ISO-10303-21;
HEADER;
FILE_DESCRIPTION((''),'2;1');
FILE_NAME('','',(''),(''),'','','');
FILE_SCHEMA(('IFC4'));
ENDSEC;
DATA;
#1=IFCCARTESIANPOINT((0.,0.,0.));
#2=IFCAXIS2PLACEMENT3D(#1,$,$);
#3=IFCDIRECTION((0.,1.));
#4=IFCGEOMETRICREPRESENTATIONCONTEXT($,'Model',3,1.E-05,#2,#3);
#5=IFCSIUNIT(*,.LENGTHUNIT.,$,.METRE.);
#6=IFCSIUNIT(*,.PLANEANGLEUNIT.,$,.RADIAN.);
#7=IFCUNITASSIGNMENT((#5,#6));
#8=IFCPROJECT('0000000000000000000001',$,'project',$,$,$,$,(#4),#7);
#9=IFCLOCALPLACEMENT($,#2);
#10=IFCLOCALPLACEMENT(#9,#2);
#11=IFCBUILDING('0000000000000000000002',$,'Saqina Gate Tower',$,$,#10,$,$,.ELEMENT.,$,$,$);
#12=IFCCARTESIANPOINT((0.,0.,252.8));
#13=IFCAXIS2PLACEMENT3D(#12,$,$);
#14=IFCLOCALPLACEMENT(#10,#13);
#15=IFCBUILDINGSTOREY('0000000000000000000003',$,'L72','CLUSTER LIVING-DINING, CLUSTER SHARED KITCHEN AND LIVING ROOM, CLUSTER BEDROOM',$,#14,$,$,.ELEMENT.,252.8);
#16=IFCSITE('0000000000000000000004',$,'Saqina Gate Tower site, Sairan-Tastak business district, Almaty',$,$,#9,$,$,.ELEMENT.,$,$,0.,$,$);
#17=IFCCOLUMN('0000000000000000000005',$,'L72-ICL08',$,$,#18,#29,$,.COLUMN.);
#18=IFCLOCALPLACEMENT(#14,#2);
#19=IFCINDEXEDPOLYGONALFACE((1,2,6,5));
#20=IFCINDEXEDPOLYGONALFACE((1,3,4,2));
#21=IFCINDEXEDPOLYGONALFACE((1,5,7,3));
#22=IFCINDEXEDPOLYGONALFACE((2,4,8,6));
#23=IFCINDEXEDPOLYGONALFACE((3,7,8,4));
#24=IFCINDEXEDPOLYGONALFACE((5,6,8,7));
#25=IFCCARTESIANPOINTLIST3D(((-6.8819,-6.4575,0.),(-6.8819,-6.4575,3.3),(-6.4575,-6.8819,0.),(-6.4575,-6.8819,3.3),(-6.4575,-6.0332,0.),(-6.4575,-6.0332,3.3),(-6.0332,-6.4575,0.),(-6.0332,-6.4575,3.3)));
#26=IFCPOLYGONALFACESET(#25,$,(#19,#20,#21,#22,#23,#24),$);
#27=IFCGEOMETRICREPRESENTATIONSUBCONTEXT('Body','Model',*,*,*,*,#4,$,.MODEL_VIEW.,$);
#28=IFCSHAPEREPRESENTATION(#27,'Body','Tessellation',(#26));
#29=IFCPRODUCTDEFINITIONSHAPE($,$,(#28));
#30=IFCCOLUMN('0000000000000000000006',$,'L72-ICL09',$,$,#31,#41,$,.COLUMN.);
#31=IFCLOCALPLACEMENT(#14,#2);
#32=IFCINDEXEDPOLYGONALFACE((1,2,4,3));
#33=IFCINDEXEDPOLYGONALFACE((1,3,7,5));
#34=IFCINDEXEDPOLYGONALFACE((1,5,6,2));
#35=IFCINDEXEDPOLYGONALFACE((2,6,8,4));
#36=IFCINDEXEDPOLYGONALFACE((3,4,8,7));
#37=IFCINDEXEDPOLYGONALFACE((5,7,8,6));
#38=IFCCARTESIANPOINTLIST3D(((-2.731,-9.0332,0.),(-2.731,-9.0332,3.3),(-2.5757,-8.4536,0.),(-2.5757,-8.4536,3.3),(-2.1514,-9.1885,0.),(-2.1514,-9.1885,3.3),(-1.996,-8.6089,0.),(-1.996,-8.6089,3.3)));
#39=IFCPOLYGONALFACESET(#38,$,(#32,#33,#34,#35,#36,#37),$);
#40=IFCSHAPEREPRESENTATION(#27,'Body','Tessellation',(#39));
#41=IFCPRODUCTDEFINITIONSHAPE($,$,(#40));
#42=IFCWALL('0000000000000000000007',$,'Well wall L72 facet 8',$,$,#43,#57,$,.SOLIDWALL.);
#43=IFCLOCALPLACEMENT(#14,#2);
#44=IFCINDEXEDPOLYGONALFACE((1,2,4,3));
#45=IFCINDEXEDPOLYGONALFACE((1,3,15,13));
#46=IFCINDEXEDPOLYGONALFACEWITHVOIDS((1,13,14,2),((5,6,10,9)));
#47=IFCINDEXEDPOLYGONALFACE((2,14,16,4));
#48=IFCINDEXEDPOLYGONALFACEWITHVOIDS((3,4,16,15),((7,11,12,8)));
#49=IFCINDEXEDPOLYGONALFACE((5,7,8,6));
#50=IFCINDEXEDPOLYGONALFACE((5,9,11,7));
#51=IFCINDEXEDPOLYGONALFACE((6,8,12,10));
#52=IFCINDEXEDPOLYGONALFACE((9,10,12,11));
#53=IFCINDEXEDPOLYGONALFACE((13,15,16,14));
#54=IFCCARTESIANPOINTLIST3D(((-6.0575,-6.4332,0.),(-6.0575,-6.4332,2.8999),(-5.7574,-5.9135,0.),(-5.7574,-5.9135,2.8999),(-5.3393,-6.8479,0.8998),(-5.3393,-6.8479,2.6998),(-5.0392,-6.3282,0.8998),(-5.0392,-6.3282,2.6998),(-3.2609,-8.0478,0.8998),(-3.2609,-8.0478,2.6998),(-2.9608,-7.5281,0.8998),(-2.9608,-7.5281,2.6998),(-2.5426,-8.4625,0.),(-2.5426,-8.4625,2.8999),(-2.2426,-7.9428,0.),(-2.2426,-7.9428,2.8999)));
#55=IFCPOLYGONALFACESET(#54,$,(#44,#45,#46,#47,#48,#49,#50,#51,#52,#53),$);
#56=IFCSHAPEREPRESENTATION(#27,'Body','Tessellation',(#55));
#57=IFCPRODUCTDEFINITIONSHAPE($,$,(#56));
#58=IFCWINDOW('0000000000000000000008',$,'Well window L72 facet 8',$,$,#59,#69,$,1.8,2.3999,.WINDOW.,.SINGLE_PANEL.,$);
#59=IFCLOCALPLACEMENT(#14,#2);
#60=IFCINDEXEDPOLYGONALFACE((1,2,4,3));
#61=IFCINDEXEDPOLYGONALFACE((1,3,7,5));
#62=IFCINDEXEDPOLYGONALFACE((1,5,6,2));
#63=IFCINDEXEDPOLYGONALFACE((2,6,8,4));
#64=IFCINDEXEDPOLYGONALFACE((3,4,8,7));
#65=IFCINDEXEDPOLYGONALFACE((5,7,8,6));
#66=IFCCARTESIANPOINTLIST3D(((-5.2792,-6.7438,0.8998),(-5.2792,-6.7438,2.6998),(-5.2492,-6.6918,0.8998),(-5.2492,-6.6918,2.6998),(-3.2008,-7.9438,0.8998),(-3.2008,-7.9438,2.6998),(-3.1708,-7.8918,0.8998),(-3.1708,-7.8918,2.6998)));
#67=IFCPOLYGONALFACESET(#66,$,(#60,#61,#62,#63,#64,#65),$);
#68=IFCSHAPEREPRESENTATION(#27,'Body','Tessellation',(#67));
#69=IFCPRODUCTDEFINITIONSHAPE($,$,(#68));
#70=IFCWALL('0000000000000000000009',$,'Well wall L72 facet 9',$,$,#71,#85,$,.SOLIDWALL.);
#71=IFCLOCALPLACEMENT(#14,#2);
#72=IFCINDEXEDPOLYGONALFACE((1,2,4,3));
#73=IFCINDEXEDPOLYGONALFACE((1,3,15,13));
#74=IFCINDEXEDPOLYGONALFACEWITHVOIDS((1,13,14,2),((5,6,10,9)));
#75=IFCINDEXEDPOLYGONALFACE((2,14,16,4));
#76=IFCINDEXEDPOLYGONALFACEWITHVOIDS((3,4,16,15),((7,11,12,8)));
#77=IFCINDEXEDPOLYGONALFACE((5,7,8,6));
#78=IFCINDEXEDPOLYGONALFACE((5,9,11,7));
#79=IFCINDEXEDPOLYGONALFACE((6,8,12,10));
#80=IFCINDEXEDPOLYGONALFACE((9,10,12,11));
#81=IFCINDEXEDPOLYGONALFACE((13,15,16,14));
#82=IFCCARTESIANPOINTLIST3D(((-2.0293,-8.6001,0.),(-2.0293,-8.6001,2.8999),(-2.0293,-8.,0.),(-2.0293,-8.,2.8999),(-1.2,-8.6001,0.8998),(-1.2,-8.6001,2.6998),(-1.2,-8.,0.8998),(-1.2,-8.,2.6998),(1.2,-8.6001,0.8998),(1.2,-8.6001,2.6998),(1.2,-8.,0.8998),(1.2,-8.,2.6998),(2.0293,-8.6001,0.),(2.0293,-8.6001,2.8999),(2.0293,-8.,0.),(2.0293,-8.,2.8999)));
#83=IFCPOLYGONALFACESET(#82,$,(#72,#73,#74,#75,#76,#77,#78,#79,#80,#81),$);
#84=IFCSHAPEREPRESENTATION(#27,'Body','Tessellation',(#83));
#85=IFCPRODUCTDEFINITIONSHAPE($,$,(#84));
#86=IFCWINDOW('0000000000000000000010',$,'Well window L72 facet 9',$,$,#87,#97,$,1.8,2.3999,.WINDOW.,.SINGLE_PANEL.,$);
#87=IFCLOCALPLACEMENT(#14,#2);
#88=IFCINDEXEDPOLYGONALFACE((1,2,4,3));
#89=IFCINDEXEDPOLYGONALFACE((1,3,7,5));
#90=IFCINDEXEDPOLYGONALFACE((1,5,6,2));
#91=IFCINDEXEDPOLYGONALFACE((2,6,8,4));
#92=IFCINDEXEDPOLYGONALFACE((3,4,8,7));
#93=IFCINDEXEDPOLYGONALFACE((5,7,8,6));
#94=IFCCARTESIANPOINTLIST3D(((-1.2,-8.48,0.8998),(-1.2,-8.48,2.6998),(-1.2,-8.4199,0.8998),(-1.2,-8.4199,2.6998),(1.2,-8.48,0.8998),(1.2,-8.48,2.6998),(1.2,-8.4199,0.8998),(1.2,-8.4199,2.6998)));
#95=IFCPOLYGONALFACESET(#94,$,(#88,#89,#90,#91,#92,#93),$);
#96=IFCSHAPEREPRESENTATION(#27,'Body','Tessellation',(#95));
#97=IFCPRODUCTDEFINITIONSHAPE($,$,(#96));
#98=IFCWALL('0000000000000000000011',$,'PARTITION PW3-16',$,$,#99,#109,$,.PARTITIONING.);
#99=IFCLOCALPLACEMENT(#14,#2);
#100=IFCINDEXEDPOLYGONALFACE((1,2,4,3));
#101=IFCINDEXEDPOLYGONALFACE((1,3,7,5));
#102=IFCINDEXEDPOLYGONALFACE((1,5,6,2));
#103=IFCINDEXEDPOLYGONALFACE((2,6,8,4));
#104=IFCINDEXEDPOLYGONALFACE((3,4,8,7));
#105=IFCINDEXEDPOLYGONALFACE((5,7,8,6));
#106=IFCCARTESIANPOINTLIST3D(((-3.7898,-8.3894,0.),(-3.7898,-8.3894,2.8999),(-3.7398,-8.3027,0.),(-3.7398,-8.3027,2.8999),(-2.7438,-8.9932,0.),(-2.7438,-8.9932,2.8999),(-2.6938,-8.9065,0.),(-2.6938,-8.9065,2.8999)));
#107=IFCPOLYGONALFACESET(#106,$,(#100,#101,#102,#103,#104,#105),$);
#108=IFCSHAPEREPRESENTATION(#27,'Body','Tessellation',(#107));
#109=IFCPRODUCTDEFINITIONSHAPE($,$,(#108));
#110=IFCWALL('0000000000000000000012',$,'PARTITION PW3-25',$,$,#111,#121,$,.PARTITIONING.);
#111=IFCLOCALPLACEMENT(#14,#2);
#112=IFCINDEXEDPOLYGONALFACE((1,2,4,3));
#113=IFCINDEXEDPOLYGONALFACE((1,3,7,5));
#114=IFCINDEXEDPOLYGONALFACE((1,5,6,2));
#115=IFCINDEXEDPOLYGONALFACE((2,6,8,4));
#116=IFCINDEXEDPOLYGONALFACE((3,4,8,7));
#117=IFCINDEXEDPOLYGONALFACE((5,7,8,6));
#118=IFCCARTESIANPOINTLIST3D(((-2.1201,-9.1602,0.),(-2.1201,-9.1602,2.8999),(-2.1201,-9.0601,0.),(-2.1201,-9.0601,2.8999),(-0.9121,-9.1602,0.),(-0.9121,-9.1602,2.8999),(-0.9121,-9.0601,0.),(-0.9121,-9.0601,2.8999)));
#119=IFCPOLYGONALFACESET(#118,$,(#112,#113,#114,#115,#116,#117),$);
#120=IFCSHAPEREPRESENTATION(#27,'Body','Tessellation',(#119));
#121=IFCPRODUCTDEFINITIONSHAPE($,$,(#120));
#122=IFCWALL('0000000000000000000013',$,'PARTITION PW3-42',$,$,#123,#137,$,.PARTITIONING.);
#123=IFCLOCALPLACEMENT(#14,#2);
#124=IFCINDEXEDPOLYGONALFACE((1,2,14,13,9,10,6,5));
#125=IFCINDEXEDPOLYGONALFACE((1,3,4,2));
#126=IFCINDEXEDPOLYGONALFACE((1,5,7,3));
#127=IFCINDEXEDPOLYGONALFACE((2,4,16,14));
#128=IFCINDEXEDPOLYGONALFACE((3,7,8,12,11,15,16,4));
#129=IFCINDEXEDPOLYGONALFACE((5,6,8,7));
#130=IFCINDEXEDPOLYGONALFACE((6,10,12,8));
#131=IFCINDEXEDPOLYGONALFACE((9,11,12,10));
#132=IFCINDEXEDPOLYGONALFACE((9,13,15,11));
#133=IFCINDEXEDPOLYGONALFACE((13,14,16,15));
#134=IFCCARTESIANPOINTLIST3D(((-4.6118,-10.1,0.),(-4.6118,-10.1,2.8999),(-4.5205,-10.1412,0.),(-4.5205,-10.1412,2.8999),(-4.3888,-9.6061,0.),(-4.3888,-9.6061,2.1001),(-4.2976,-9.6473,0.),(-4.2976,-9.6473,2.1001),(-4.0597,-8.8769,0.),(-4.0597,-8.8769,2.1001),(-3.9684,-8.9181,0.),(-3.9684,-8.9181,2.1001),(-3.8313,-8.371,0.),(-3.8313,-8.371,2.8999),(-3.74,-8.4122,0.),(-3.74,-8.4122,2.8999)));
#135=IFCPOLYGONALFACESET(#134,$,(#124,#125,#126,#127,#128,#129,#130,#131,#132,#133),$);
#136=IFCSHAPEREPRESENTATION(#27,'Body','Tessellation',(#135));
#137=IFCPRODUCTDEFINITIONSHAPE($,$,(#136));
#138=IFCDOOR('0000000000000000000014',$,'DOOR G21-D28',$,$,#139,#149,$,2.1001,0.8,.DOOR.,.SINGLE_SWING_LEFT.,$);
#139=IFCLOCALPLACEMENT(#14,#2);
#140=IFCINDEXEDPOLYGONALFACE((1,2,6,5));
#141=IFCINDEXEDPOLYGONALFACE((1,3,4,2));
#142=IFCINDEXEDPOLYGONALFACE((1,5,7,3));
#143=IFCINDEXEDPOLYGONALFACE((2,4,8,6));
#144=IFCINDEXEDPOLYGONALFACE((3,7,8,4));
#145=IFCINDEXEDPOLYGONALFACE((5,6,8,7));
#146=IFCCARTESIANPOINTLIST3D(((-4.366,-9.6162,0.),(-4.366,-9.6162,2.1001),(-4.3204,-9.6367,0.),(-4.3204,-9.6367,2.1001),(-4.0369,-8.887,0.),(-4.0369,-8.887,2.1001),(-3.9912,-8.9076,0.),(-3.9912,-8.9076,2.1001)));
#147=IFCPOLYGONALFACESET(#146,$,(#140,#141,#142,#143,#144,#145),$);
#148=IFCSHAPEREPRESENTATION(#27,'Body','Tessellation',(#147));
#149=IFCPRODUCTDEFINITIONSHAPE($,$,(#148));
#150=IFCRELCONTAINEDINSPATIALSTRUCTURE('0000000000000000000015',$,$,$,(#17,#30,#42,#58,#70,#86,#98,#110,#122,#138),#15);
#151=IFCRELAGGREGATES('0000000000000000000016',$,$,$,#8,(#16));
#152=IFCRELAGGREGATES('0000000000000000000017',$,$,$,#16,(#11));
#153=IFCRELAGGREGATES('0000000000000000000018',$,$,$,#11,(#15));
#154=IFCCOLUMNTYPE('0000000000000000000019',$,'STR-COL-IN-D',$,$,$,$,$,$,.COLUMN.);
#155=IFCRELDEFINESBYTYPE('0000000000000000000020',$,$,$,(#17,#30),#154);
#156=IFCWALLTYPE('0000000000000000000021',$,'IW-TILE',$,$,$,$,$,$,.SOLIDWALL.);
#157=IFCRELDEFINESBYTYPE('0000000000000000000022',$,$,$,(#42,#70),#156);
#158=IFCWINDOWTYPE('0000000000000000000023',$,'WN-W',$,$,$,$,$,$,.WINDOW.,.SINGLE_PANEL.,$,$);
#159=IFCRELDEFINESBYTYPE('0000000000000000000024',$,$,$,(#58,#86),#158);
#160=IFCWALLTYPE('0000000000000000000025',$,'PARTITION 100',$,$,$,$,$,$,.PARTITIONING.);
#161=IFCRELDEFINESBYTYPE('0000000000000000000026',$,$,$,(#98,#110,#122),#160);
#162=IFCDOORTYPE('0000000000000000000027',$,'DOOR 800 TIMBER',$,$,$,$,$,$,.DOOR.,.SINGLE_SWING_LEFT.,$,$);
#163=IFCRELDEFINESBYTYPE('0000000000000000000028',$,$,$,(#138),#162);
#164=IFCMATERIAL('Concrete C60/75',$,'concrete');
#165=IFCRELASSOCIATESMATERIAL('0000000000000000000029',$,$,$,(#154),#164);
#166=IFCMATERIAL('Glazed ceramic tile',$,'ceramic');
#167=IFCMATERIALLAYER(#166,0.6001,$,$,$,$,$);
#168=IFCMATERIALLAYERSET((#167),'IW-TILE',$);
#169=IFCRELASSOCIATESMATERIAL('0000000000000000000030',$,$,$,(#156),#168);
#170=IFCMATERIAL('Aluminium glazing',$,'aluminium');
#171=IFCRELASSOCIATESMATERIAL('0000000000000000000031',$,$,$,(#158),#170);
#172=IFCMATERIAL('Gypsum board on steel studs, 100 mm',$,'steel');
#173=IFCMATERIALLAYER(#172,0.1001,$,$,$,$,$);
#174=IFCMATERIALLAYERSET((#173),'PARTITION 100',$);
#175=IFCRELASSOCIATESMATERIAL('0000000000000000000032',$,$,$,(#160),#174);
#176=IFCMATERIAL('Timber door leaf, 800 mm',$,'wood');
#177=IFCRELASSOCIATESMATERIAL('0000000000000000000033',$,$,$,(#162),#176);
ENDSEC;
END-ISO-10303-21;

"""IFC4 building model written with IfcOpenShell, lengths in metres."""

from ifc_helpers import new_model, si_unit, direction, frame, frame_2d, origin, origin_2d, place, context, subcontext, project, spatial, rectangle, extrude, material, layer, layer_set, material_profile, profile_set, type_object, element, fill, save


model = new_model("IFC4")

# Units and contexts
model_context = context("Model", 3, precision=1e-05, world=origin(), true_north=direction((0.0, 1.0)))
body_context = subcontext(model_context, "Body", "Model", "MODEL_VIEW")
ifc_project = project(units=[si_unit("LENGTHUNIT", "METRE"), si_unit("PLANEANGLEUNIT", "RADIAN")], contexts=[model_context])

# Site, building, storey
site_placement = place(None, origin())
site = spatial("IfcSite", under=ifc_project, at=site_placement, Name="Saqina Gate Tower site, Sairan-Tastak business district, Almaty", CompositionType="ELEMENT", RefElevation=0.0)
building_placement = place(site_placement, origin())
building = spatial("IfcBuilding", under=site, at=building_placement, Name="Saqina Gate Tower", CompositionType="ELEMENT")
storey_placement = place(building_placement, frame((0.0, 0.0, 252.8)))
storey = spatial("IfcBuildingStorey", under=building, at=storey_placement, Name="L72", Description="CLUSTER LIVING-DINING, CLUSTER SHARED KITCHEN AND LIVING ROOM, CLUSTER BEDROOM", CompositionType="ELEMENT", Elevation=252.8)

# Columns
ifc_material_1 = material(Name="Concrete C60/75", Category="concrete")
ifc_material_profile = material_profile(ifc_material_1, rectangle(XDim=0.6001, YDim=0.6001, at=origin_2d()), Name="RC 600x600")
ifc_profile_set = profile_set([ifc_material_profile], Name="Concrete C60/75")
column_type = type_object("IfcColumnType", Name="STR-COL-IN-D", PredefinedType="COLUMN", material=ifc_profile_set)
for number, where, z_axis, x_axis, name in (
    (1, (-6.4575, -6.4575, 0.0), (0.0, 0.0, 1.0), (-0.707107, -0.707107, 0.0), "L72-ICL08"),
    (2, (-2.3635, -8.821, 0.0), (0.0, 0.0, 1.0), (-0.258819, -0.965926, 0.0), "L72-ICL09"),
):
    element("IfcColumn", number, at=place(storey_placement, frame(where, z_axis=z_axis, x_axis=x_axis)), inside=storey, type_object=column_type, Name=name, PredefinedType="COLUMN", context=body_context, shape_type="SweptSolid", body=[
        extrude(rectangle(XDim=0.6001, YDim=0.6001, at=origin_2d()), origin(), (0.0, 0.0, 1.0), 3.3),
    ])

# Walls, openings, windows
ifc_material_2 = material(Name="Glazed ceramic tile", Category="ceramic")
ifc_layer_1 = layer(ifc_material_2, 0.6001)
ifc_layer_set_1 = layer_set([ifc_layer_1], Name="IW-TILE")
wall_type_1 = type_object("IfcWallType", Name="IW-TILE", PredefinedType="SOLIDWALL", material=ifc_layer_set_1)
wall_1_placement = place(storey_placement, frame((-5.9075, -6.1733, 0.0), z_axis=(0.0, 0.0, 1.0), x_axis=(0.866028, -0.499995, 0.0)))
wall_1 = element("IfcWall", 3, at=wall_1_placement, inside=storey, type_object=wall_type_1, Name="Well wall L72 facet 8", PredefinedType="SOLIDWALL", context=body_context, shape_type="SweptSolid", body=[
    extrude(rectangle(XDim=4.0586, YDim=0.6001, at=frame_2d((2.0293, 0.0))), origin(), (0.0, 0.0, 1.0), 2.8999),
])
opening_1_placement = place(wall_1_placement, frame((0.8293, 0.0, 0.8999)))
opening_1 = element("IfcOpeningElement", 4, at=opening_1_placement, cuts=wall_1, PredefinedType="OPENING", context=body_context, shape_type="SweptSolid", body=[
    extrude(rectangle(XDim=2.3999, YDim=1.8, at=frame_2d((1.2, 0.8999))), frame((0.0, 0.312, 0.0), z_axis=(0.0, -1.0, 0.0), x_axis=(1.0, 0.0, 0.0)), (0.0, 0.0, 1.0), 0.624),
])
ifc_material_3 = material(Name="Aluminium glazing", Category="aluminium")
window_type = type_object("IfcWindowType", Name="WN-W", PartitioningType="SINGLE_PANEL", PredefinedType="WINDOW", material=ifc_material_3)
window_1_placement = place(opening_1_placement, origin())
window_1 = element("IfcWindow", 5, at=window_1_placement, inside=storey, type_object=window_type, Name="Well window L72 facet 8", OverallHeight=1.8, OverallWidth=2.3999, PartitioningType="SINGLE_PANEL", PredefinedType="WINDOW", context=body_context, shape_type="SweptSolid", body=[
    extrude(rectangle(XDim=2.3999, YDim=1.8, at=frame_2d((1.2, 0.8999))), frame((0.0, -0.1199, 0.0), z_axis=(0.0, -1.0, 0.0), x_axis=(1.0, 0.0, 0.0)), (0.0, 0.0, 1.0), 0.0601),
])
fill(opening_1, window_1)
wall_2_placement = place(storey_placement, frame((-2.0293, -8.3, 0.0), z_axis=(0.0, 0.0, 1.0), x_axis=(1.0, 0.0, 0.0)))
wall_2 = element("IfcWall", 6, at=wall_2_placement, inside=storey, type_object=wall_type_1, Name="Well wall L72 facet 9", PredefinedType="SOLIDWALL", context=body_context, shape_type="SweptSolid", body=[
    extrude(rectangle(XDim=4.0586, YDim=0.6001, at=frame_2d((2.0293, 0.0))), origin(), (0.0, 0.0, 1.0), 2.8999),
])
opening_2_placement = place(wall_2_placement, frame((0.8293, 0.0, 0.8999)))
opening_2 = element("IfcOpeningElement", 7, at=opening_2_placement, cuts=wall_2, PredefinedType="OPENING", context=body_context, shape_type="SweptSolid", body=[
    extrude(rectangle(XDim=2.3999, YDim=1.8, at=frame_2d((1.2, 0.8999))), frame((0.0, 0.312, 0.0), z_axis=(0.0, -1.0, 0.0), x_axis=(1.0, 0.0, 0.0)), (0.0, 0.0, 1.0), 0.624),
])
window_2_placement = place(opening_2_placement, origin())
window_2 = element("IfcWindow", 8, at=window_2_placement, inside=storey, type_object=window_type, Name="Well window L72 facet 9", OverallHeight=1.8, OverallWidth=2.3999, PartitioningType="SINGLE_PANEL", PredefinedType="WINDOW", context=body_context, shape_type="SweptSolid", body=[
    extrude(rectangle(XDim=2.3999, YDim=1.8, at=frame_2d((1.2, 0.8999))), frame((0.0, -0.1199, 0.0), z_axis=(0.0, -1.0, 0.0), x_axis=(1.0, 0.0, 0.0)), (0.0, 0.0, 1.0), 0.0601),
])
fill(opening_2, window_2)

# Walls
ifc_material_4 = material(Name="Gypsum board on steel studs, 100 mm", Category="steel")
ifc_layer_2 = layer(ifc_material_4, 0.1001)
ifc_layer_set_2 = layer_set([ifc_layer_2], Name="PARTITION 100")
wall_type_2 = type_object("IfcWallType", Name="PARTITION 100", PredefinedType="PARTITIONING", material=ifc_layer_set_2)
wall_3_placement = place(storey_placement, frame((-3.7649, -8.3459, 0.0), z_axis=(0.0, 0.0, 1.0), x_axis=(0.866058, -0.499944, 0.0)))
element("IfcWall", 9, at=wall_3_placement, inside=storey, type_object=wall_type_2, Name="PARTITION PW3-16", PredefinedType="PARTITIONING", context=body_context, shape_type="SweptSolid", body=[
    extrude(rectangle(XDim=1.2078, YDim=0.1001, at=frame_2d((0.604, 0.0))), origin(), (0.0, 0.0, 1.0), 2.8999),
])
wall_4_placement = place(storey_placement, frame((-2.1201, -9.1101, 0.0), z_axis=(0.0, 0.0, 1.0), x_axis=(1.0, 0.0, 0.0)))
element("IfcWall", 10, at=wall_4_placement, inside=storey, type_object=wall_type_2, Name="PARTITION PW3-25", PredefinedType="PARTITIONING", context=body_context, shape_type="SweptSolid", body=[
    extrude(rectangle(XDim=1.208, YDim=0.1001, at=frame_2d((0.604, 0.0))), origin(), (0.0, 0.0, 1.0), 2.8999),
])

# Wall, opening, door
wall_5_placement = place(storey_placement, frame((-4.5662, -10.1206, 0.0), z_axis=(0.0, 0.0, 1.0), x_axis=(0.411445, 0.911434, 0.0)))
wall_5 = element("IfcWall", 11, at=wall_5_placement, inside=storey, type_object=wall_type_2, Name="PARTITION PW3-42", PredefinedType="PARTITIONING", context=body_context, shape_type="SweptSolid", body=[
    extrude(rectangle(XDim=1.897, YDim=0.1001, at=frame_2d((0.9485, 0.0))), origin(), (0.0, 0.0, 1.0), 2.8999),
])
opening_3_placement = place(wall_5_placement, frame((0.542, 0.0, 0.0)))
opening_3 = element("IfcOpeningElement", 12, at=opening_3_placement, cuts=wall_5, PredefinedType="OPENING", context=body_context, shape_type="SweptSolid", body=[
    extrude(rectangle(XDim=0.8, YDim=2.1001, at=frame_2d((0.3999, 1.05))), frame((0.0, 0.062, 0.0), z_axis=(0.0, -1.0, 0.0), x_axis=(1.0, 0.0, 0.0)), (0.0, 0.0, 1.0), 0.124),
])
ifc_material_5 = material(Name="Timber door leaf, 800 mm", Category="wood")
door_type_1 = type_object("IfcDoorType", Name="DOOR 800 TIMBER", OperationType="SINGLE_SWING_LEFT", PredefinedType="DOOR", material=ifc_material_5)
door_1_placement = place(opening_3_placement, frame((0.8, 0.0, 0.0), z_axis=(0.0, 0.0, 1.0), x_axis=(-1.0, 0.0, 0.0)))
door_1 = element("IfcDoor", 13, at=door_1_placement, inside=storey, type_object=door_type_1, Name="DOOR G21-D28", OperationType="SINGLE_SWING_LEFT", OverallHeight=2.1001, OverallWidth=0.8, PredefinedType="DOOR", context=body_context, shape_type="SweptSolid", body=[
    extrude(rectangle(XDim=0.8, YDim=2.1001, at=frame_2d((0.3999, 1.05))), frame((0.0, 0.0249, 0.0), z_axis=(0.0, -1.0, 0.0), x_axis=(1.0, 0.0, 0.0)), (0.0, 0.0, 1.0), 0.05),
])
fill(opening_3, door_1)

save(model, "model.ifc")
